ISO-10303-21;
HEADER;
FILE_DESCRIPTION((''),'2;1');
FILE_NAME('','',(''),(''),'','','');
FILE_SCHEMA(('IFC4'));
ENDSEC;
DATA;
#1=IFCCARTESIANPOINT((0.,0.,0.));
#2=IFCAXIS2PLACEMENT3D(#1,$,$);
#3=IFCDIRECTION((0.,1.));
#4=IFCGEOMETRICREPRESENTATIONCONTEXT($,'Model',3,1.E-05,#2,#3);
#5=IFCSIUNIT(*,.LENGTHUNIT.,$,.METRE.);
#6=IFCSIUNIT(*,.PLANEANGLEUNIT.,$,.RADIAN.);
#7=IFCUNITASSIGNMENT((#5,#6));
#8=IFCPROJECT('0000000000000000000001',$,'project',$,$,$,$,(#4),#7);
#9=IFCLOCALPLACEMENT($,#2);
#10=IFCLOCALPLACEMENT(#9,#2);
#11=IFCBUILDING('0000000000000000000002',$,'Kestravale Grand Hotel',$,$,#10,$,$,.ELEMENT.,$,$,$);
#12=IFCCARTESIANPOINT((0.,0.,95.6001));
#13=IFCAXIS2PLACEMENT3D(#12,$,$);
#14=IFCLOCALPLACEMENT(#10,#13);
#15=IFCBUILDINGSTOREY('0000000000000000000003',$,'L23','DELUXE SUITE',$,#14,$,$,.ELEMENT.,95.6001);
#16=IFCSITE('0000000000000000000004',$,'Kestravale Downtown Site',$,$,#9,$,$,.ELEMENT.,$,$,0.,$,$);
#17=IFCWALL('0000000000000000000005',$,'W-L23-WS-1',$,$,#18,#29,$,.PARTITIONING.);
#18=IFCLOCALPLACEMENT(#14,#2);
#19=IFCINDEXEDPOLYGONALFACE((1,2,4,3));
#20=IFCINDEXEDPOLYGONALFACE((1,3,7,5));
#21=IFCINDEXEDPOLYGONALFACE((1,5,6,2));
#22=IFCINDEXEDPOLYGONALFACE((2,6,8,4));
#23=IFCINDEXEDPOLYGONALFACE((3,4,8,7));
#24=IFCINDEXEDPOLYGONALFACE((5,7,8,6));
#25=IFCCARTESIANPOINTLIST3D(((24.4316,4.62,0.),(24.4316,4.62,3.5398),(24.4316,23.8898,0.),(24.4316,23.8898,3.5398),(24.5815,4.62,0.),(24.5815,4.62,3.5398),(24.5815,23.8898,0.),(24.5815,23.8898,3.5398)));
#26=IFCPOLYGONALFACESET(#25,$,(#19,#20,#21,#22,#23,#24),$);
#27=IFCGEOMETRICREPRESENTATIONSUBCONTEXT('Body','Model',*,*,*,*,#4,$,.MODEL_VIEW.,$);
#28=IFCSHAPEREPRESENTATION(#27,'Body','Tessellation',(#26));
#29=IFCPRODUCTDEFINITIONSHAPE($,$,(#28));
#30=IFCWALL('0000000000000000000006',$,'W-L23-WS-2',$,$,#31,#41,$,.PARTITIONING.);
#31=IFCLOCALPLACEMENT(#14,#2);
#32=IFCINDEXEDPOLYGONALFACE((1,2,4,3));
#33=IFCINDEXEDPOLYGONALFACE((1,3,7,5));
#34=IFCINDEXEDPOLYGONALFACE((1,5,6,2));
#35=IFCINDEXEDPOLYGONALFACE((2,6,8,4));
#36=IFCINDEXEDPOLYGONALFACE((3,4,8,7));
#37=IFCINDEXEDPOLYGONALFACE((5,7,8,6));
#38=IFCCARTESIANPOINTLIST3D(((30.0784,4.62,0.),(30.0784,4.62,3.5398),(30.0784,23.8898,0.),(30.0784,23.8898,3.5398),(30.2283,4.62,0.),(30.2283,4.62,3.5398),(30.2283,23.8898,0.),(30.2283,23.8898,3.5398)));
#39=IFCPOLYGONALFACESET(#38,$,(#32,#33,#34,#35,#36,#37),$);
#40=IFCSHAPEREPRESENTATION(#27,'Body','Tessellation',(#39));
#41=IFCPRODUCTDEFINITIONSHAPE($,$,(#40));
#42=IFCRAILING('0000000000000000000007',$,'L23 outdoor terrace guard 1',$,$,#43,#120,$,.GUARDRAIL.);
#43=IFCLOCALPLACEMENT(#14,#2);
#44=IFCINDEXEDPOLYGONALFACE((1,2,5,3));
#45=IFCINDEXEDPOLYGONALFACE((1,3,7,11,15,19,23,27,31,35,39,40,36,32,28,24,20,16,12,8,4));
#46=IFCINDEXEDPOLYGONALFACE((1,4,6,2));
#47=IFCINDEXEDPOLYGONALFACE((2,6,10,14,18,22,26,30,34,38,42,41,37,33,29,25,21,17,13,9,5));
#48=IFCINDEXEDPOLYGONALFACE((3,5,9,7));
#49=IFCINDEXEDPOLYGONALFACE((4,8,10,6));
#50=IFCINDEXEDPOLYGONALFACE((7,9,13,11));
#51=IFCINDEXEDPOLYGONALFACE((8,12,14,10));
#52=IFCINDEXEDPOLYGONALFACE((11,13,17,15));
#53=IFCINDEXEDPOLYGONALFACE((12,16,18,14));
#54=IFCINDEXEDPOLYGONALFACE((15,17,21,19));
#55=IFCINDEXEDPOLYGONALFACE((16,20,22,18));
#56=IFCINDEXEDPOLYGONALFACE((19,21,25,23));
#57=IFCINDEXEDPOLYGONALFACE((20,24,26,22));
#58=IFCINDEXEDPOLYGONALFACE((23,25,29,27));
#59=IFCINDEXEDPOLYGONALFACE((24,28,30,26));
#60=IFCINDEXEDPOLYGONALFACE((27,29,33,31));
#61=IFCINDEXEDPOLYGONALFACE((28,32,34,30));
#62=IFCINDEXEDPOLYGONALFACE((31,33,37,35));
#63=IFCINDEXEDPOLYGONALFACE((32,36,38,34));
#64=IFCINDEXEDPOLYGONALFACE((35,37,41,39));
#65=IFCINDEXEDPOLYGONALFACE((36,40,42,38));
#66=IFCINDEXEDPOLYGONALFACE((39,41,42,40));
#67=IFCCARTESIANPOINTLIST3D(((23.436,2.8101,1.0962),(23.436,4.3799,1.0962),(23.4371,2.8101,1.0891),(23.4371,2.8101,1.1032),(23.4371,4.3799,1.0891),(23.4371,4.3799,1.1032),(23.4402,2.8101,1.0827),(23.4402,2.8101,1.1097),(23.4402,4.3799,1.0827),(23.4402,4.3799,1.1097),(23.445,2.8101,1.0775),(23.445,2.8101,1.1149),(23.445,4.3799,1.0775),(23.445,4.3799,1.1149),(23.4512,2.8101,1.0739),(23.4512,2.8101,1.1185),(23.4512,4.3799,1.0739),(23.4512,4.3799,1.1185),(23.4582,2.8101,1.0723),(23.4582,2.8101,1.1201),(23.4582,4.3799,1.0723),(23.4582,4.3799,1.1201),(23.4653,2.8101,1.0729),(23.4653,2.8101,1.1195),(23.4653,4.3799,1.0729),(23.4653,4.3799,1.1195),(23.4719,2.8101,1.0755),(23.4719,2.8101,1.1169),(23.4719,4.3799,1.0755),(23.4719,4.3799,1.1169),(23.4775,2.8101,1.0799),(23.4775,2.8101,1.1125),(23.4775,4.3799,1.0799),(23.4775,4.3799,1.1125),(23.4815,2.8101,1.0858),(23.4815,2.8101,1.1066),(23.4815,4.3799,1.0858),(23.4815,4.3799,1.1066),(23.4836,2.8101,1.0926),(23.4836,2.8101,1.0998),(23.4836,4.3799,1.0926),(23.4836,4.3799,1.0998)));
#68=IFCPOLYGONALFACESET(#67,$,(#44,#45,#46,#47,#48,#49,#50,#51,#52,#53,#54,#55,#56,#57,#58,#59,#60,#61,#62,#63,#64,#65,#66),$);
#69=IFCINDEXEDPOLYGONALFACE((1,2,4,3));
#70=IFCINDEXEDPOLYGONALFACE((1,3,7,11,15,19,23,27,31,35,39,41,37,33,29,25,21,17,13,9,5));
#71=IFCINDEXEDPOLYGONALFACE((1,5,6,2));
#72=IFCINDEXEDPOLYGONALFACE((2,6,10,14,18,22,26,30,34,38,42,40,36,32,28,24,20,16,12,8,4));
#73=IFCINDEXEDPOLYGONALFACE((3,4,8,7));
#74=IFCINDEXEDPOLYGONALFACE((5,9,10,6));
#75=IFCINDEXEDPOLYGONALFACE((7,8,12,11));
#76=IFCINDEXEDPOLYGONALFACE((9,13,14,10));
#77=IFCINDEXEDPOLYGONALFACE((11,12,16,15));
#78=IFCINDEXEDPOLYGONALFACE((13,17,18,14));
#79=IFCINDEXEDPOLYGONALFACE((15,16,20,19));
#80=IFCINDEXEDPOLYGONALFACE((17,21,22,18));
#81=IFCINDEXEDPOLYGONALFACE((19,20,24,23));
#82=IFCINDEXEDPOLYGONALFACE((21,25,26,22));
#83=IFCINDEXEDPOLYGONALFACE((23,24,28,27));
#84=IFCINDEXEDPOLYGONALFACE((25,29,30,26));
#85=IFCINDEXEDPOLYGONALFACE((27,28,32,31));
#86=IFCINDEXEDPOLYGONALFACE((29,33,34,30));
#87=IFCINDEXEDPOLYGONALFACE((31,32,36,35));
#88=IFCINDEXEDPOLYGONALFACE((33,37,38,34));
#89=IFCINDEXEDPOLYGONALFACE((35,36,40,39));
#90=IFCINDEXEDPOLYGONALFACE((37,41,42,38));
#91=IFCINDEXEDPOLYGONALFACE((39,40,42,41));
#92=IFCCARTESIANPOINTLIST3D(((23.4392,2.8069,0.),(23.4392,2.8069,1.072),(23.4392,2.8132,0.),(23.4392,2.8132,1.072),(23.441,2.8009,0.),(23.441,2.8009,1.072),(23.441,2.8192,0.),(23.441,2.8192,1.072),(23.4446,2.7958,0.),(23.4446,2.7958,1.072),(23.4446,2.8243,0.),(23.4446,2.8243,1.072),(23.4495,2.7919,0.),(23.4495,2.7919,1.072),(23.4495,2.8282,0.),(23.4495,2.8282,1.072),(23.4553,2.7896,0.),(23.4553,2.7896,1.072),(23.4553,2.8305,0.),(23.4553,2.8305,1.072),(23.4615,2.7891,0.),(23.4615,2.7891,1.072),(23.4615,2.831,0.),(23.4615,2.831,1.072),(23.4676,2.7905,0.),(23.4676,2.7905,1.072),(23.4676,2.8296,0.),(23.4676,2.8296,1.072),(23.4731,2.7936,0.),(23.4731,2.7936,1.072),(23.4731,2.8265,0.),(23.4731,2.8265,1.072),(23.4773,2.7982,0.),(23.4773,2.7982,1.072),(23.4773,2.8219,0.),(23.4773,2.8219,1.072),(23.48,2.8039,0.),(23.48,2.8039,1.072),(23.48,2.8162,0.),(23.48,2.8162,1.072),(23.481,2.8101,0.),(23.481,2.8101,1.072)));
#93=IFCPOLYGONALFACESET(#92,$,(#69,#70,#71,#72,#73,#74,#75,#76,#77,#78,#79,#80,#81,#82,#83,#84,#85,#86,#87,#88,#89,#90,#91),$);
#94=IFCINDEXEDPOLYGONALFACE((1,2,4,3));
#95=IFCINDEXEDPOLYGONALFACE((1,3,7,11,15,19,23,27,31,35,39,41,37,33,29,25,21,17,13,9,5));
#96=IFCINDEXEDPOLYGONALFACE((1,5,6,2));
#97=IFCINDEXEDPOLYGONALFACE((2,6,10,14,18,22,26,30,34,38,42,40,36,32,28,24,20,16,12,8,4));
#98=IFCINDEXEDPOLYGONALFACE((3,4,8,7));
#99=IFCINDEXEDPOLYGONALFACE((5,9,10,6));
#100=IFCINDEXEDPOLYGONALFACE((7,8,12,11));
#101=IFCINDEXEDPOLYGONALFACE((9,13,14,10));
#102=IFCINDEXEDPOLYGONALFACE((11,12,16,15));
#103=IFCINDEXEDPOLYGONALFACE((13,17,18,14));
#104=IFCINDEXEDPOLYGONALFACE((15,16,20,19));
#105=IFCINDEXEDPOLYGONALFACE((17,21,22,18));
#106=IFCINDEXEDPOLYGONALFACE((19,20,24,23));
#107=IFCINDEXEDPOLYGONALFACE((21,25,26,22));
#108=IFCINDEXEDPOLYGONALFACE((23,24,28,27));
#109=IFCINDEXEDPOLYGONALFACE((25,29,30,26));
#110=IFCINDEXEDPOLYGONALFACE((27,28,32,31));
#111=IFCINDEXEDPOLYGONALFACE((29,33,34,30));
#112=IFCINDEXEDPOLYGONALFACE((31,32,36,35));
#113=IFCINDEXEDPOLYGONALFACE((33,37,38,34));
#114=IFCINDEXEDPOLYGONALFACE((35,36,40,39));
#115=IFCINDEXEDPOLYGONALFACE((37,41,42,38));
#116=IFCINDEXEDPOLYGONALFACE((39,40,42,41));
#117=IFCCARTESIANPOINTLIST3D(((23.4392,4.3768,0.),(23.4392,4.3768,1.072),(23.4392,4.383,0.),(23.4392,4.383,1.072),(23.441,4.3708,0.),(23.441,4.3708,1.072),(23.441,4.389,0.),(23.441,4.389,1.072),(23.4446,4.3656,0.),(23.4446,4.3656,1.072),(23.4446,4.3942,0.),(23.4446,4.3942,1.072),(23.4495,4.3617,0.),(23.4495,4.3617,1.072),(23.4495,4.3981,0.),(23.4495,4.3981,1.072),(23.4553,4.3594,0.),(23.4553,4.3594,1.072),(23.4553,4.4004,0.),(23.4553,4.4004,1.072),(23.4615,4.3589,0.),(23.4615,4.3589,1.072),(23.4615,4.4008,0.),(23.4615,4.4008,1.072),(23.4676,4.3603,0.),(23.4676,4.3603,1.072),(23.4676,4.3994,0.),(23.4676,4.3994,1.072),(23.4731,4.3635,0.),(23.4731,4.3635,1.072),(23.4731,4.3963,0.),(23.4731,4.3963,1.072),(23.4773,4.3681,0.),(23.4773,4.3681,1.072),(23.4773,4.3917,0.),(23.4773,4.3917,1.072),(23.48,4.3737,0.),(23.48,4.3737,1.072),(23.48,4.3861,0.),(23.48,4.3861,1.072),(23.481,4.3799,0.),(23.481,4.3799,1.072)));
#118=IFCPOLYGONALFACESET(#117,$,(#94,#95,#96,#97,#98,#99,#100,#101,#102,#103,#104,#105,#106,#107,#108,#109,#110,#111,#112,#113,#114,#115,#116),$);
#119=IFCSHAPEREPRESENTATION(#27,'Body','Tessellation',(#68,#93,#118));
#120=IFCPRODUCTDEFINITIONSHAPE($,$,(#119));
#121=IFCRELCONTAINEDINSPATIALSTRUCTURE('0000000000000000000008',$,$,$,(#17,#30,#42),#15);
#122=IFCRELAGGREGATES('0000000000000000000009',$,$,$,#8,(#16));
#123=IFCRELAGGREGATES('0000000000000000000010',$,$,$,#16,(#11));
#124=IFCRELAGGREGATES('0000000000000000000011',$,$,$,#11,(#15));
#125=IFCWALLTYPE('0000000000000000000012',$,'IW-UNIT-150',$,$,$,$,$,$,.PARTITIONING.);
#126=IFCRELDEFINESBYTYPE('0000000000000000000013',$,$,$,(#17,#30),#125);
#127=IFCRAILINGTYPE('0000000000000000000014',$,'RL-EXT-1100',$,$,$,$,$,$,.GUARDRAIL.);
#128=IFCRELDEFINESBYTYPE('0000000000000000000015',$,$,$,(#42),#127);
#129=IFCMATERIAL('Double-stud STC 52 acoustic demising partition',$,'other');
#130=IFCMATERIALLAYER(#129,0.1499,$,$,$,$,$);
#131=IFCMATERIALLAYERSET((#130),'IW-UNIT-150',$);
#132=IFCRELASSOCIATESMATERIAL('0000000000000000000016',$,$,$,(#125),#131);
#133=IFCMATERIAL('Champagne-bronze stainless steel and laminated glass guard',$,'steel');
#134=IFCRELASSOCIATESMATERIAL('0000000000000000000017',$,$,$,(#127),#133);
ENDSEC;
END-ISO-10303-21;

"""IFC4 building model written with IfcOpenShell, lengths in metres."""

from ifc_helpers import new_model, si_unit, direction, frame, frame_2d, origin, origin_2d, place, context, subcontext, project, spatial, rectangle, circle, extrude, material, layer, layer_set, type_object, element, save


model = new_model("IFC4")

# Units and contexts
model_context = context("Model", 3, precision=1e-05, world=origin(), true_north=direction((0.0, 1.0)))
body_context = subcontext(model_context, "Body", "Model", "MODEL_VIEW")
ifc_project = project(units=[si_unit("LENGTHUNIT", "METRE"), si_unit("PLANEANGLEUNIT", "RADIAN")], contexts=[model_context])

# Site, building, storey
site_placement = place(None, origin())
site = spatial("IfcSite", under=ifc_project, at=site_placement, Name="Kestravale Downtown Site", CompositionType="ELEMENT", RefElevation=0.0)
building_placement = place(site_placement, origin())
building = spatial("IfcBuilding", under=site, at=building_placement, Name="Kestravale Grand Hotel", CompositionType="ELEMENT")
storey_placement = place(building_placement, frame((0.0, 0.0, 95.6001)))
storey = spatial("IfcBuildingStorey", under=building, at=storey_placement, Name="L23", Description="DELUXE SUITE", CompositionType="ELEMENT", Elevation=95.6001)

# Walls
ifc_material_1 = material(Name="Double-stud STC 52 acoustic demising partition", Category="other")
ifc_layer = layer(ifc_material_1, 0.1499)
ifc_layer_set = layer_set([ifc_layer], Name="IW-UNIT-150")
wall_type = type_object("IfcWallType", Name="IW-UNIT-150", PredefinedType="PARTITIONING", material=ifc_layer_set)
for number, where, z_axis, x_axis, name in (
    (1, (24.5066, 4.6201, 0.0), (0.0, 0.0, 1.0), (0.0, 1.0, 0.0), "W-L23-WS-1"),
    (2, (30.1533, 4.6201, 0.0), (0.0, 0.0, 1.0), (0.0, 1.0, 0.0), "W-L23-WS-2"),
):
    element("IfcWall", number, at=place(storey_placement, frame(where, z_axis=z_axis, x_axis=x_axis)), inside=storey, type_object=wall_type, Name=name, PredefinedType="PARTITIONING", context=body_context, shape_type="SweptSolid", body=[
        extrude(rectangle(XDim=19.2698, YDim=0.1499, at=frame_2d((9.6348, 0.0))), origin(), (0.0, 0.0, 1.0), 3.5398),
    ])

# Railing
ifc_material_2 = material(Name="Champagne-bronze stainless steel and laminated glass guard", Category="steel")
railing_type = type_object("IfcRailingType", Name="RL-EXT-1100", PredefinedType="GUARDRAIL", material=ifc_material_2)
railing_1_placement = place(storey_placement, frame((23.46, 2.8101, 0.0)))
element("IfcRailing", 3, at=railing_1_placement, inside=storey, type_object=railing_type, Name="L23 outdoor terrace guard 1", PredefinedType="GUARDRAIL", context=body_context, shape_type="SweptSolid", body=[
    extrude(circle(Radius=0.0239, at=origin_2d()), frame((0.0, 0.0, 1.0962), z_axis=(0.0, 1.0, 0.0), x_axis=(-1.0, 0.0, 0.0)), (0.0, 0.0, 1.0), 1.5698),
    extrude(circle(Radius=0.021, at=origin_2d()), origin(), (0.0, 0.0, 1.0), 1.072),
    extrude(circle(Radius=0.021, at=origin_2d()), frame((0.0, 1.5698, 0.0)), (0.0, 0.0, 1.0), 1.072),
])

save(model, "model.ifc")
